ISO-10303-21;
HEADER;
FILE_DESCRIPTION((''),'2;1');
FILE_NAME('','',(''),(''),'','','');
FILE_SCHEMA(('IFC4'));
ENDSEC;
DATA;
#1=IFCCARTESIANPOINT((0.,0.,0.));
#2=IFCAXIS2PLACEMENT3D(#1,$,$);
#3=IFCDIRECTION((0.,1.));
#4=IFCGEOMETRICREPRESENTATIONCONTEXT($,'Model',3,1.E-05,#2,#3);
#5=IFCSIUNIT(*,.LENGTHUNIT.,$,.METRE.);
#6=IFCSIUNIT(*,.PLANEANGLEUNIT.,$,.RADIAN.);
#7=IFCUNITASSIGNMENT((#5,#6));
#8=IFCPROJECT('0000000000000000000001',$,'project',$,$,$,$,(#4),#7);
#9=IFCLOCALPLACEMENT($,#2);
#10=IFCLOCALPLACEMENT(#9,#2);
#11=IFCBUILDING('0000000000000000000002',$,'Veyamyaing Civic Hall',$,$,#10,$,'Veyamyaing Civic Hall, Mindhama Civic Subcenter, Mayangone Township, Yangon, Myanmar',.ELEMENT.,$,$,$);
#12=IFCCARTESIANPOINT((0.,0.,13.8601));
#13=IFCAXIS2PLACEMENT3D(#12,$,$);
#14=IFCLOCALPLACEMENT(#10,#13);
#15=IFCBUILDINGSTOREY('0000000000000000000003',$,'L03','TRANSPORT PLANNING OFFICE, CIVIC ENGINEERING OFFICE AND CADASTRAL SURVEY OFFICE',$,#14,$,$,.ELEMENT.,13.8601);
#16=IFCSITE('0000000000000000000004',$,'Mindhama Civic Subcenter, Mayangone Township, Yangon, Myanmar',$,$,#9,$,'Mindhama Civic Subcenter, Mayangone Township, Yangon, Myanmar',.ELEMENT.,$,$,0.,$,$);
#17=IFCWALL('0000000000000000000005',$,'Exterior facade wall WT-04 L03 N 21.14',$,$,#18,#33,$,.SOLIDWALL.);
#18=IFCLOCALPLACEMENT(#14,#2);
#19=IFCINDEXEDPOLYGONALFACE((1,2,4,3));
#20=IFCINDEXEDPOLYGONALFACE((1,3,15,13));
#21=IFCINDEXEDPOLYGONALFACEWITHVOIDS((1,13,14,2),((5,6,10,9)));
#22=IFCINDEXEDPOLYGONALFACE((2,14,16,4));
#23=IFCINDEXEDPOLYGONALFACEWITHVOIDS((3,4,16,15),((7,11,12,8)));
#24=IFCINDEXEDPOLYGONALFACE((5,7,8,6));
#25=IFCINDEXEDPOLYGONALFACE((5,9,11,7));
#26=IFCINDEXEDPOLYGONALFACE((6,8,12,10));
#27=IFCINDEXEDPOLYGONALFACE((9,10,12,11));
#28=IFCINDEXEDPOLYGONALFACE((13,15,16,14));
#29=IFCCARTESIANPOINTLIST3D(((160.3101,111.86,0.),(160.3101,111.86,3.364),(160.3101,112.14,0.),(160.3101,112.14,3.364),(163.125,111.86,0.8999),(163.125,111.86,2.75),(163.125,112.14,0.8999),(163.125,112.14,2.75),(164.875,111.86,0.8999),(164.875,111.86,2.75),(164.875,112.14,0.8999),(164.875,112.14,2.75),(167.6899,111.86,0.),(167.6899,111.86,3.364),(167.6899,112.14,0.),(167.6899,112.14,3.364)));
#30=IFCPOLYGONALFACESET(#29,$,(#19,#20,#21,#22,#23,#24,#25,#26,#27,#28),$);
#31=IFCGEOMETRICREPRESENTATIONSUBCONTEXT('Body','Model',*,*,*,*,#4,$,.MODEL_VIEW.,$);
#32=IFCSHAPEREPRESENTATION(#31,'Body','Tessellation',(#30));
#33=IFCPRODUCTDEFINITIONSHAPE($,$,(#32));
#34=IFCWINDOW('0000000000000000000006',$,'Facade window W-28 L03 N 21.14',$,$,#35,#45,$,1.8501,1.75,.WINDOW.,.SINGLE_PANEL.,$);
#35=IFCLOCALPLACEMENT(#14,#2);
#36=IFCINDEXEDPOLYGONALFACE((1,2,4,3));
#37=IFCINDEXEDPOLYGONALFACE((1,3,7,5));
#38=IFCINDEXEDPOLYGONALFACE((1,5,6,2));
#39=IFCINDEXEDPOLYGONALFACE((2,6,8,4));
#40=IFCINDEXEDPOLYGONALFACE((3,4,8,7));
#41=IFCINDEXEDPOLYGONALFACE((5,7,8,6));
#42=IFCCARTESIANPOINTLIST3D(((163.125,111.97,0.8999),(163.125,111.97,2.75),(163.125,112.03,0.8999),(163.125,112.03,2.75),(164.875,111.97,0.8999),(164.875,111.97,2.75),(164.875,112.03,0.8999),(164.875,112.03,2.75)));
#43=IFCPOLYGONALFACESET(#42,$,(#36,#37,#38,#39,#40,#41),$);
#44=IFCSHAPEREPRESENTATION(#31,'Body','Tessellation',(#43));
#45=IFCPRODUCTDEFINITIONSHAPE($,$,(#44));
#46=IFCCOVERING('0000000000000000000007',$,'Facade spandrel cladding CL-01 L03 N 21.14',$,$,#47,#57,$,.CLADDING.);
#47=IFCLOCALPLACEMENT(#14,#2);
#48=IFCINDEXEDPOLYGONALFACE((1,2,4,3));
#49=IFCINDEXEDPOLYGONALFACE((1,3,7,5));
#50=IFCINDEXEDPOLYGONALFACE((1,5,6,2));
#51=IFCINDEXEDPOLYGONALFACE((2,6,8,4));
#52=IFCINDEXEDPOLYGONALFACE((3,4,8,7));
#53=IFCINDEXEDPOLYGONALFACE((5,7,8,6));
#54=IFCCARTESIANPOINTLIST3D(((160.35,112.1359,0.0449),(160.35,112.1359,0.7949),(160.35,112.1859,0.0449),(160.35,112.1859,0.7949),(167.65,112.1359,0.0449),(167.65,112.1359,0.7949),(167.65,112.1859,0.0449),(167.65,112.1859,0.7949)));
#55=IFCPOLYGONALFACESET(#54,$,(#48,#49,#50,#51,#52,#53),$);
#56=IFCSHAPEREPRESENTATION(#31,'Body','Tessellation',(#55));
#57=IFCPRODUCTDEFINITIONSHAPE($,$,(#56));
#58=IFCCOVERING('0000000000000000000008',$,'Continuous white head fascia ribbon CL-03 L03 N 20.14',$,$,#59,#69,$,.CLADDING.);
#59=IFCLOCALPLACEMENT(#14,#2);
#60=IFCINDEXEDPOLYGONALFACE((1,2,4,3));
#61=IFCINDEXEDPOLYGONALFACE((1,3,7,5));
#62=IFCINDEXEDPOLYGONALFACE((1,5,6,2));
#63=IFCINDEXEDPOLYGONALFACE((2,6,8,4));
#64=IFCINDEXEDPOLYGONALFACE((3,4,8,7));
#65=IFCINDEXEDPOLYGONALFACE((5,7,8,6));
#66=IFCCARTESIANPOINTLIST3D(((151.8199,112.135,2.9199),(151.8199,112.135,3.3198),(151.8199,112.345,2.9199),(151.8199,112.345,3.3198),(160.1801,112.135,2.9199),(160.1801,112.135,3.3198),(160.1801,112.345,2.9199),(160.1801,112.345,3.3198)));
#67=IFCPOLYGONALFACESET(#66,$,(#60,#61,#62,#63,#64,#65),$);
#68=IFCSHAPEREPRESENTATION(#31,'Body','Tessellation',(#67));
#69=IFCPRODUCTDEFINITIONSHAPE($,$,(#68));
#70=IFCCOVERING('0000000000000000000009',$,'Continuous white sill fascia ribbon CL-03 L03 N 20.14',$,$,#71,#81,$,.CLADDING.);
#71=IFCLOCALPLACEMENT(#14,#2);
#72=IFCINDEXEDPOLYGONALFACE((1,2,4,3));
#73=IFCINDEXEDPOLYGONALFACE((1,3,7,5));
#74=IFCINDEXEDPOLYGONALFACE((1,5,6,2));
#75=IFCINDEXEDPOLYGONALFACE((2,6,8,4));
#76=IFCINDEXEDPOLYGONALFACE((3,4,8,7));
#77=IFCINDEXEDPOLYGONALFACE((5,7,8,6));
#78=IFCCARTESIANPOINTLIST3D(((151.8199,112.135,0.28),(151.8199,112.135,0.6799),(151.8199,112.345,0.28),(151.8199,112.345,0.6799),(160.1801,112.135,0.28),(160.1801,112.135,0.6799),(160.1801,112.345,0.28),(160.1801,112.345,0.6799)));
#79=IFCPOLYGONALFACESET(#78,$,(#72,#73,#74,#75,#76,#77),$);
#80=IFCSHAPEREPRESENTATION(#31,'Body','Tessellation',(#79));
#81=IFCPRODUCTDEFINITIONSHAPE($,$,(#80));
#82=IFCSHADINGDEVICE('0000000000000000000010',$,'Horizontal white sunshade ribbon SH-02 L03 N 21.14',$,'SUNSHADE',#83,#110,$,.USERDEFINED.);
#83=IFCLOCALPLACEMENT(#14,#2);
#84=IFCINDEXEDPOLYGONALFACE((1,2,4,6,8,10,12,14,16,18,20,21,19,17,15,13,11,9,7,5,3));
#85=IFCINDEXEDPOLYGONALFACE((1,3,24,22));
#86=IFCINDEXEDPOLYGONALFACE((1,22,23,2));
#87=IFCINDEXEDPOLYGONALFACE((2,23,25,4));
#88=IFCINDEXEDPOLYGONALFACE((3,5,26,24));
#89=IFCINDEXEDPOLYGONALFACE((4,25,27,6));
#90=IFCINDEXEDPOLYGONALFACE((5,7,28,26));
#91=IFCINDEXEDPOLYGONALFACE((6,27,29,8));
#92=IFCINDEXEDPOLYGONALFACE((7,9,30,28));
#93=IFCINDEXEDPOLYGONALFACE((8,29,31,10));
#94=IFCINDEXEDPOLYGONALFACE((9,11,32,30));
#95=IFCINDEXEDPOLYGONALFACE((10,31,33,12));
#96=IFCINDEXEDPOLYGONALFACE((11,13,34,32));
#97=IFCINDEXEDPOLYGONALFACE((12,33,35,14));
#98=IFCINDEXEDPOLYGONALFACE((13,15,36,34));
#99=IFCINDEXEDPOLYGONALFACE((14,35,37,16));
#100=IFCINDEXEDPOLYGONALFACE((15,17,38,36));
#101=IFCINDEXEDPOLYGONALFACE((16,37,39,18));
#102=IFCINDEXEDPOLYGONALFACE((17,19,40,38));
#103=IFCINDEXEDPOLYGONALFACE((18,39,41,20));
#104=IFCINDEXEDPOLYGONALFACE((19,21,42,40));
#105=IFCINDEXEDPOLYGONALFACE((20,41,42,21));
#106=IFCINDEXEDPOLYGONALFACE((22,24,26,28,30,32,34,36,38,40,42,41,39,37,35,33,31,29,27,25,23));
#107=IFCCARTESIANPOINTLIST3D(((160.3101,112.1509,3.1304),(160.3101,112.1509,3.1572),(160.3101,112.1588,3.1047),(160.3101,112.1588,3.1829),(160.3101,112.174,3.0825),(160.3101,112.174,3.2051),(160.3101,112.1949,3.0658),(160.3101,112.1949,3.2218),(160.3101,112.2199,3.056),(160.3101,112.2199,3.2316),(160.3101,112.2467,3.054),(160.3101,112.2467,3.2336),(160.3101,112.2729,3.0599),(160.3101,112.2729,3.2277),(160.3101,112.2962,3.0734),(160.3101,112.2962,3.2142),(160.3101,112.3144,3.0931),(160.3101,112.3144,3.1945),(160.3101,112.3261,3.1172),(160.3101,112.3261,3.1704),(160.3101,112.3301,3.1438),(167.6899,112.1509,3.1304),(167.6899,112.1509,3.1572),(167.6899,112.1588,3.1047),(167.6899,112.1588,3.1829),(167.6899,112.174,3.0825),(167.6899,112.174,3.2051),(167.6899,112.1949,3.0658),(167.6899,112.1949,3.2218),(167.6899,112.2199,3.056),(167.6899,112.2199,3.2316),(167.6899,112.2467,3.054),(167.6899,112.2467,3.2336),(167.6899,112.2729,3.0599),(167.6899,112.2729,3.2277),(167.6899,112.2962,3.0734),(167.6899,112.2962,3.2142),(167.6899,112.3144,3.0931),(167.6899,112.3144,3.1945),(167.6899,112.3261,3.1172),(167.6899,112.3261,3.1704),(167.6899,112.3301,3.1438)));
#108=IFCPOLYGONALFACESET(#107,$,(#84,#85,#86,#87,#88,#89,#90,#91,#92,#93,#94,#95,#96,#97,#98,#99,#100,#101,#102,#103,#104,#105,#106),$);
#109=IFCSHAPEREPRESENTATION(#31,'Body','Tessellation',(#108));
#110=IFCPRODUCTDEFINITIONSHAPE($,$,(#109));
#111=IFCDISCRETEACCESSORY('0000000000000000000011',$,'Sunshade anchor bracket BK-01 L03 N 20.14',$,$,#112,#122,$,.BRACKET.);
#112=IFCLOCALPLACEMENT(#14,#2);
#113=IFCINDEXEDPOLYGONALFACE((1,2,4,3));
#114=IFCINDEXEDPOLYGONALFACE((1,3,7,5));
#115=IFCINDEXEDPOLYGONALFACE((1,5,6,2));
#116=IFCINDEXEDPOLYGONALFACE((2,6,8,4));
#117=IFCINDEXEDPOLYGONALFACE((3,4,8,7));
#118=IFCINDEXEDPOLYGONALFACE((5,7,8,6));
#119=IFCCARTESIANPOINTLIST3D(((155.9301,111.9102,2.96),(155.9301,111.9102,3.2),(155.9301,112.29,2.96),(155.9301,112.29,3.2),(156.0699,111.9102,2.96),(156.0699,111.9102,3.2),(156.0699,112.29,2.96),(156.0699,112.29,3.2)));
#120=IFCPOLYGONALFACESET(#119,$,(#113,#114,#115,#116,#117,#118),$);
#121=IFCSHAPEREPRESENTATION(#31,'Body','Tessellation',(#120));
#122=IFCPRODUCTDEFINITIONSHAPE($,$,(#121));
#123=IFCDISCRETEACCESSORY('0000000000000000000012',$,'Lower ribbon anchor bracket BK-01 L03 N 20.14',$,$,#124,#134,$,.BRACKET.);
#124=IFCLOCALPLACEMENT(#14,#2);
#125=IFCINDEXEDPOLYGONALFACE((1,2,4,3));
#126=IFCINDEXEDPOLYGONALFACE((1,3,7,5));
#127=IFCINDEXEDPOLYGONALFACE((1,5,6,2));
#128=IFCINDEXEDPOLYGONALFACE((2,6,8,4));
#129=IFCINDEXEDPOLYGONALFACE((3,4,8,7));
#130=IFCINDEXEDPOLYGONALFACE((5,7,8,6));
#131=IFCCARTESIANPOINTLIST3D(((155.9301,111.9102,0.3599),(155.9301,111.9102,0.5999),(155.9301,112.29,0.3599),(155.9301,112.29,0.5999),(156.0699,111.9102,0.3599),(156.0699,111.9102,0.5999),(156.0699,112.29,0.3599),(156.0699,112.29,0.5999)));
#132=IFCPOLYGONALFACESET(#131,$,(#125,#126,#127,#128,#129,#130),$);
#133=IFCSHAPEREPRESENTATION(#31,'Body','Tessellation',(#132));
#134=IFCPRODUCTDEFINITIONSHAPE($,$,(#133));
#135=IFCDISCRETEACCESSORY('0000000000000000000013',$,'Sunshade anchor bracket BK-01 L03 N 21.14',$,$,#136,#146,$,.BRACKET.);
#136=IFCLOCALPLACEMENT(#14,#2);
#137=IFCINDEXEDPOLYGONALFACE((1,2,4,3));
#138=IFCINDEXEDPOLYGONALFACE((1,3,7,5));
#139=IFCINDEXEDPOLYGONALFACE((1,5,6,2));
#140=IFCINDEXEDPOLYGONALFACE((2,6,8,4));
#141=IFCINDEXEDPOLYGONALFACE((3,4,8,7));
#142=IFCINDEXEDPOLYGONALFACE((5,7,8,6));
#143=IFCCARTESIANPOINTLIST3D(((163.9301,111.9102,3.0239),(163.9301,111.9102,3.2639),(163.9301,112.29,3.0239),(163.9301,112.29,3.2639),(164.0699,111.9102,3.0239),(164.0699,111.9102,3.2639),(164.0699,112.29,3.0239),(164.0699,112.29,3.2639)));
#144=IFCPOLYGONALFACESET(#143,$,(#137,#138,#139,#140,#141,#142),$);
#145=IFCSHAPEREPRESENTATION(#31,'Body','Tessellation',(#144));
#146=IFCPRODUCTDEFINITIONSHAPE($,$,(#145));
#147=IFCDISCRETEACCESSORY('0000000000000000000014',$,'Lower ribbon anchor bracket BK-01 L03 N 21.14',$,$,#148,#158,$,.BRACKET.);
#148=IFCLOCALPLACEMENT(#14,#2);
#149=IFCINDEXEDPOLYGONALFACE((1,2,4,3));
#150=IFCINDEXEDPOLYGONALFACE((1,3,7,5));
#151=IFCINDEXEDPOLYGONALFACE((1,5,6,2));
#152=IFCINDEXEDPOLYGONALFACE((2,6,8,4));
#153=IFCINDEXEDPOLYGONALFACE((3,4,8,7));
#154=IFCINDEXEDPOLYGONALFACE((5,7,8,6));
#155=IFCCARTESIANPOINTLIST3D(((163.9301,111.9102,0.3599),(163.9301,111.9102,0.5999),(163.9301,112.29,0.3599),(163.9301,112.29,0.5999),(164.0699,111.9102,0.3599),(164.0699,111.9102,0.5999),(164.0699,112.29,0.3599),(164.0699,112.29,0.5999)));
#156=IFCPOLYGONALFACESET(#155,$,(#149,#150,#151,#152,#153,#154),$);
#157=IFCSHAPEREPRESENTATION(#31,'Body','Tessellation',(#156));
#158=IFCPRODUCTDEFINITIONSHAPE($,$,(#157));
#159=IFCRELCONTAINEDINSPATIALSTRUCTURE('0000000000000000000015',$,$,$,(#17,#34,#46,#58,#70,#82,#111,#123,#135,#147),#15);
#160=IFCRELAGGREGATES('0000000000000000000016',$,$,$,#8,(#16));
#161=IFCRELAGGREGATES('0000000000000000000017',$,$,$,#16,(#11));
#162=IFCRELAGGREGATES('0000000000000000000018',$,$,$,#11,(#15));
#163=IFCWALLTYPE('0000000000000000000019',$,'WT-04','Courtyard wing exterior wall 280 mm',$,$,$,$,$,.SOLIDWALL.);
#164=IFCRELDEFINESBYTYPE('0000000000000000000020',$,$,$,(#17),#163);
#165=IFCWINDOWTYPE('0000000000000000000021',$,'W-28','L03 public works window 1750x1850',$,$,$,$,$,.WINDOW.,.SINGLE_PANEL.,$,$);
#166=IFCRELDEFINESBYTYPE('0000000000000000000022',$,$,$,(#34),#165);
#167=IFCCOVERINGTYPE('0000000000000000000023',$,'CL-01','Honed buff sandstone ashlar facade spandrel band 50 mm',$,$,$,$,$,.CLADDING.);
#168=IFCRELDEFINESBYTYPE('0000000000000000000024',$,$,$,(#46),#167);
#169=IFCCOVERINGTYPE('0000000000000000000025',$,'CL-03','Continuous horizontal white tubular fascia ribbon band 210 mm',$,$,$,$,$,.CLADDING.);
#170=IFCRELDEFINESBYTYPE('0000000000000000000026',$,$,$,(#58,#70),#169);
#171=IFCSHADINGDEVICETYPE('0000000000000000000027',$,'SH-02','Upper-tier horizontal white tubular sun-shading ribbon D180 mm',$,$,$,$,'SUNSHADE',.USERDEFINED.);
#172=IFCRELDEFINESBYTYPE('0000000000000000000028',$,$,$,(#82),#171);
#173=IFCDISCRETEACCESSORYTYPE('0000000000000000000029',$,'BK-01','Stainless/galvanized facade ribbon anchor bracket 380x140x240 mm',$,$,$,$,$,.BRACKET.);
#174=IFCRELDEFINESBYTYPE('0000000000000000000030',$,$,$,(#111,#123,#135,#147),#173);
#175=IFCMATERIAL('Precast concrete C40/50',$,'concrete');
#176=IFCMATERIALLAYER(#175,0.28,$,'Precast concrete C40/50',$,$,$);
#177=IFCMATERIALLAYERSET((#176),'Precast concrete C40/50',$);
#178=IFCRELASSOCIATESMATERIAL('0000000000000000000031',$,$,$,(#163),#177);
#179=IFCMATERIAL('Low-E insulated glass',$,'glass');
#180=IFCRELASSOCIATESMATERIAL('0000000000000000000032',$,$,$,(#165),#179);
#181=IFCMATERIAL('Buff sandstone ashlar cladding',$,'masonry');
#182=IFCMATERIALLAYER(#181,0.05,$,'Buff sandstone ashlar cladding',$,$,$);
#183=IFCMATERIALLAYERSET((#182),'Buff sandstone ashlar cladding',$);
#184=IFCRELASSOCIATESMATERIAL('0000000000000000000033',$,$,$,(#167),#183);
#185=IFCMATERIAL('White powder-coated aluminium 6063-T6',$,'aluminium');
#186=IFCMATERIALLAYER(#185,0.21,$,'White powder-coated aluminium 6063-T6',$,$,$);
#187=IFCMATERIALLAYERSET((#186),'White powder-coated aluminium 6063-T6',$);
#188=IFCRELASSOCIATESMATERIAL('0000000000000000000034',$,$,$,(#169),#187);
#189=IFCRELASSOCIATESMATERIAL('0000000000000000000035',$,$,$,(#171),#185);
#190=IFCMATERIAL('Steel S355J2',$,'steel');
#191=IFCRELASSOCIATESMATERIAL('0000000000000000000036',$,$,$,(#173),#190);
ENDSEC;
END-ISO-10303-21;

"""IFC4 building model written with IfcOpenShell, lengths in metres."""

from ifc_helpers import new_model, si_unit, direction, frame, frame_2d, origin, origin_2d, place, context, subcontext, project, spatial, rectangle, circle, extrude, material, layer, layer_set, material_profile, profile_set, type_object, element, fill, save


model = new_model("IFC4")

# Units and contexts
model_context = context("Model", 3, precision=1e-05, world=origin(), true_north=direction((0.0, 1.0)))
body_context = subcontext(model_context, "Body", "Model", "MODEL_VIEW")
ifc_project = project(units=[si_unit("LENGTHUNIT", "METRE"), si_unit("PLANEANGLEUNIT", "RADIAN")], contexts=[model_context])

# Site, building, storey
site_placement = place(None, origin())
site = spatial("IfcSite", under=ifc_project, at=site_placement, Name="Mindhama Civic Subcenter, Mayangone Township, Yangon, Myanmar", LongName="Mindhama Civic Subcenter, Mayangone Township, Yangon, Myanmar", CompositionType="ELEMENT", RefElevation=0.0)
building_placement = place(site_placement, origin())
building = spatial("IfcBuilding", under=site, at=building_placement, Name="Veyamyaing Civic Hall", LongName="Veyamyaing Civic Hall, Mindhama Civic Subcenter, Mayangone Township, Yangon, Myanmar", CompositionType="ELEMENT")
storey_placement = place(building_placement, frame((0.0, 0.0, 13.8601)))
storey = spatial("IfcBuildingStorey", under=building, at=storey_placement, Name="L03", Description="TRANSPORT PLANNING OFFICE, CIVIC ENGINEERING OFFICE AND CADASTRAL SURVEY OFFICE", CompositionType="ELEMENT", Elevation=13.8601)

# Shared definitions
ifc_material_1 = material(Name="Low-E insulated glass", Category="glass")

# Wall, opening, window
ifc_material_2 = material(Name="Precast concrete C40/50", Category="concrete")
ifc_layer_1 = layer(ifc_material_2, 0.28, Name="Precast concrete C40/50")
ifc_layer_set_1 = layer_set([ifc_layer_1], Name="Precast concrete C40/50")
wall_type = type_object("IfcWallType", Name="WT-04", Description="Courtyard wing exterior wall 280 mm", PredefinedType="SOLIDWALL", material=ifc_layer_set_1)
wall_placement = place(storey_placement, frame((160.3101, 112.0, 0.0), z_axis=(0.0, 0.0, 1.0), x_axis=(1.0, 0.0, 0.0)))
wall = element("IfcWall", 1, at=wall_placement, inside=storey, type_object=wall_type, Name="Exterior facade wall WT-04 L03 N 21.14", PredefinedType="SOLIDWALL", context=body_context, shape_type="SweptSolid", body=[
    extrude(rectangle(XDim=7.3799, YDim=0.28, at=frame_2d((3.6899, 0.0))), origin(), (0.0, 0.0, 1.0), 3.364),
])
opening_placement = place(wall_placement, frame((2.8149, 0.0, 0.8999)))
opening = element("IfcOpeningElement", 2, at=opening_placement, cuts=wall, PredefinedType="OPENING", context=body_context, shape_type="SweptSolid", body=[
    extrude(rectangle(XDim=1.75, YDim=1.8501, at=frame_2d((0.875, 0.925))), frame((0.0, 0.1499, 0.0), z_axis=(0.0, -1.0, 0.0), x_axis=(1.0, 0.0, 0.0)), (0.0, 0.0, 1.0), 0.3),
])
window_type = type_object("IfcWindowType", Name="W-28", Description="L03 public works window 1750x1850", PartitioningType="SINGLE_PANEL", PredefinedType="WINDOW", material=ifc_material_1)
window_placement = place(opening_placement, origin())
window = element("IfcWindow", 3, at=window_placement, inside=storey, type_object=window_type, Name="Facade window W-28 L03 N 21.14", OverallHeight=1.8501, OverallWidth=1.75, PartitioningType="SINGLE_PANEL", PredefinedType="WINDOW", context=body_context, shape_type="SweptSolid", body=[
    extrude(rectangle(XDim=1.75, YDim=1.8501, at=frame_2d((0.875, 0.925))), frame((0.0, 0.03, 0.0), z_axis=(0.0, -1.0, 0.0), x_axis=(1.0, 0.0, 0.0)), (0.0, 0.0, 1.0), 0.0601),
])
fill(opening, window)

# Coverings
ifc_material_3 = material(Name="Buff sandstone ashlar cladding", Category="masonry")
ifc_layer_2 = layer(ifc_material_3, 0.05, Name="Buff sandstone ashlar cladding")
ifc_layer_set_2 = layer_set([ifc_layer_2], Name="Buff sandstone ashlar cladding")
covering_type_1 = type_object("IfcCoveringType", Name="CL-01", Description="Honed buff sandstone ashlar facade spandrel band 50 mm", PredefinedType="CLADDING", material=ifc_layer_set_2)
covering_placement = place(storey_placement, frame((164.0, 112.1609, 0.0449), z_axis=(0.0, 0.0, 1.0), x_axis=(1.0, 0.0, 0.0)))
element("IfcCovering", 4, at=covering_placement, inside=storey, type_object=covering_type_1, Name="Facade spandrel cladding CL-01 L03 N 21.14", PredefinedType="CLADDING", context=body_context, shape_type="SweptSolid", body=[
    extrude(rectangle(XDim=7.3, YDim=0.05, at=origin_2d()), origin(), (0.0, 0.0, 1.0), 0.75),
])
ifc_material_4 = material(Name="White powder-coated aluminium 6063-T6", Category="aluminium")
ifc_layer_3 = layer(ifc_material_4, 0.21, Name="White powder-coated aluminium 6063-T6")
ifc_layer_set_3 = layer_set([ifc_layer_3], Name="White powder-coated aluminium 6063-T6")
covering_type_2 = type_object("IfcCoveringType", Name="CL-03", Description="Continuous horizontal white tubular fascia ribbon band 210 mm", PredefinedType="CLADDING", material=ifc_layer_set_3)
for number, where, z_axis, x_axis, name in (
    (5, (156.0, 112.24, 2.9199), (0.0, 0.0, 1.0), (1.0, 0.0, 0.0), "Continuous white head fascia ribbon CL-03 L03 N 20.14"),
    (6, (156.0, 112.24, 0.28), (0.0, 0.0, 1.0), (1.0, 0.0, 0.0), "Continuous white sill fascia ribbon CL-03 L03 N 20.14"),
):
    element("IfcCovering", number, at=place(storey_placement, frame(where, z_axis=z_axis, x_axis=x_axis)), inside=storey, type_object=covering_type_2, Name=name, PredefinedType="CLADDING", context=body_context, shape_type="SweptSolid", body=[
        extrude(rectangle(XDim=8.3601, YDim=0.21, at=origin_2d()), origin(), (0.0, 0.0, 1.0), 0.3999),
    ])

# Shading device
ifc_material_profile_1 = material_profile(ifc_material_4, circle(Radius=0.0901, at=origin_2d()), Name="SHADE-TUBE-180")
ifc_profile_set_1 = profile_set([ifc_material_profile_1], Name="White powder-coated aluminium 6063-T6")
shading_device_type = type_object("IfcShadingDeviceType", Name="SH-02", Description="Upper-tier horizontal white tubular sun-shading ribbon D180 mm", ElementType="SUNSHADE", PredefinedType="USERDEFINED", material=ifc_profile_set_1)
shading_device_placement = place(storey_placement, frame((160.3101, 112.24, 3.1438), z_axis=(1.0, 0.0, 0.0), x_axis=(0.0, 1.0, 0.0)))
element("IfcShadingDevice", 7, at=shading_device_placement, inside=storey, type_object=shading_device_type, Name="Horizontal white sunshade ribbon SH-02 L03 N 21.14", ObjectType="SUNSHADE", PredefinedType="USERDEFINED", context=body_context, shape_type="SweptSolid", body=[
    extrude(circle(Radius=0.0901, at=origin_2d()), origin(), (0.0, 0.0, 1.0), 7.3799),
])

# Discrete accessories
ifc_material_5 = material(Name="Steel S355J2", Category="steel")
discrete_accessory_type = type_object("IfcDiscreteAccessoryType", Name="BK-01", Description="Stainless/galvanized facade ribbon anchor bracket 380x140x240 mm", PredefinedType="BRACKET", material=ifc_material_5)
for number, where, z_axis, x_axis, name in (
    (8, (156.0, 112.1001, 2.96), (0.0, 0.0, 1.0), (0.0, 1.0, 0.0), "Sunshade anchor bracket BK-01 L03 N 20.14"),
    (9, (156.0, 112.1001, 0.3599), (0.0, 0.0, 1.0), (0.0, 1.0, 0.0), "Lower ribbon anchor bracket BK-01 L03 N 20.14"),
    (10, (164.0, 112.1001, 3.0239), (0.0, 0.0, 1.0), (0.0, 1.0, 0.0), "Sunshade anchor bracket BK-01 L03 N 21.14"),
    (11, (164.0, 112.1001, 0.3599), (0.0, 0.0, 1.0), (0.0, 1.0, 0.0), "Lower ribbon anchor bracket BK-01 L03 N 21.14"),
):
    element("IfcDiscreteAccessory", number, at=place(storey_placement, frame(where, z_axis=z_axis, x_axis=x_axis)), inside=storey, type_object=discrete_accessory_type, Name=name, PredefinedType="BRACKET", context=body_context, shape_type="SweptSolid", body=[
        extrude(rectangle(XDim=0.3799, YDim=0.1399, at=origin_2d()), origin(), (0.0, 0.0, 1.0), 0.24),
    ])

save(model, "model.ifc")
